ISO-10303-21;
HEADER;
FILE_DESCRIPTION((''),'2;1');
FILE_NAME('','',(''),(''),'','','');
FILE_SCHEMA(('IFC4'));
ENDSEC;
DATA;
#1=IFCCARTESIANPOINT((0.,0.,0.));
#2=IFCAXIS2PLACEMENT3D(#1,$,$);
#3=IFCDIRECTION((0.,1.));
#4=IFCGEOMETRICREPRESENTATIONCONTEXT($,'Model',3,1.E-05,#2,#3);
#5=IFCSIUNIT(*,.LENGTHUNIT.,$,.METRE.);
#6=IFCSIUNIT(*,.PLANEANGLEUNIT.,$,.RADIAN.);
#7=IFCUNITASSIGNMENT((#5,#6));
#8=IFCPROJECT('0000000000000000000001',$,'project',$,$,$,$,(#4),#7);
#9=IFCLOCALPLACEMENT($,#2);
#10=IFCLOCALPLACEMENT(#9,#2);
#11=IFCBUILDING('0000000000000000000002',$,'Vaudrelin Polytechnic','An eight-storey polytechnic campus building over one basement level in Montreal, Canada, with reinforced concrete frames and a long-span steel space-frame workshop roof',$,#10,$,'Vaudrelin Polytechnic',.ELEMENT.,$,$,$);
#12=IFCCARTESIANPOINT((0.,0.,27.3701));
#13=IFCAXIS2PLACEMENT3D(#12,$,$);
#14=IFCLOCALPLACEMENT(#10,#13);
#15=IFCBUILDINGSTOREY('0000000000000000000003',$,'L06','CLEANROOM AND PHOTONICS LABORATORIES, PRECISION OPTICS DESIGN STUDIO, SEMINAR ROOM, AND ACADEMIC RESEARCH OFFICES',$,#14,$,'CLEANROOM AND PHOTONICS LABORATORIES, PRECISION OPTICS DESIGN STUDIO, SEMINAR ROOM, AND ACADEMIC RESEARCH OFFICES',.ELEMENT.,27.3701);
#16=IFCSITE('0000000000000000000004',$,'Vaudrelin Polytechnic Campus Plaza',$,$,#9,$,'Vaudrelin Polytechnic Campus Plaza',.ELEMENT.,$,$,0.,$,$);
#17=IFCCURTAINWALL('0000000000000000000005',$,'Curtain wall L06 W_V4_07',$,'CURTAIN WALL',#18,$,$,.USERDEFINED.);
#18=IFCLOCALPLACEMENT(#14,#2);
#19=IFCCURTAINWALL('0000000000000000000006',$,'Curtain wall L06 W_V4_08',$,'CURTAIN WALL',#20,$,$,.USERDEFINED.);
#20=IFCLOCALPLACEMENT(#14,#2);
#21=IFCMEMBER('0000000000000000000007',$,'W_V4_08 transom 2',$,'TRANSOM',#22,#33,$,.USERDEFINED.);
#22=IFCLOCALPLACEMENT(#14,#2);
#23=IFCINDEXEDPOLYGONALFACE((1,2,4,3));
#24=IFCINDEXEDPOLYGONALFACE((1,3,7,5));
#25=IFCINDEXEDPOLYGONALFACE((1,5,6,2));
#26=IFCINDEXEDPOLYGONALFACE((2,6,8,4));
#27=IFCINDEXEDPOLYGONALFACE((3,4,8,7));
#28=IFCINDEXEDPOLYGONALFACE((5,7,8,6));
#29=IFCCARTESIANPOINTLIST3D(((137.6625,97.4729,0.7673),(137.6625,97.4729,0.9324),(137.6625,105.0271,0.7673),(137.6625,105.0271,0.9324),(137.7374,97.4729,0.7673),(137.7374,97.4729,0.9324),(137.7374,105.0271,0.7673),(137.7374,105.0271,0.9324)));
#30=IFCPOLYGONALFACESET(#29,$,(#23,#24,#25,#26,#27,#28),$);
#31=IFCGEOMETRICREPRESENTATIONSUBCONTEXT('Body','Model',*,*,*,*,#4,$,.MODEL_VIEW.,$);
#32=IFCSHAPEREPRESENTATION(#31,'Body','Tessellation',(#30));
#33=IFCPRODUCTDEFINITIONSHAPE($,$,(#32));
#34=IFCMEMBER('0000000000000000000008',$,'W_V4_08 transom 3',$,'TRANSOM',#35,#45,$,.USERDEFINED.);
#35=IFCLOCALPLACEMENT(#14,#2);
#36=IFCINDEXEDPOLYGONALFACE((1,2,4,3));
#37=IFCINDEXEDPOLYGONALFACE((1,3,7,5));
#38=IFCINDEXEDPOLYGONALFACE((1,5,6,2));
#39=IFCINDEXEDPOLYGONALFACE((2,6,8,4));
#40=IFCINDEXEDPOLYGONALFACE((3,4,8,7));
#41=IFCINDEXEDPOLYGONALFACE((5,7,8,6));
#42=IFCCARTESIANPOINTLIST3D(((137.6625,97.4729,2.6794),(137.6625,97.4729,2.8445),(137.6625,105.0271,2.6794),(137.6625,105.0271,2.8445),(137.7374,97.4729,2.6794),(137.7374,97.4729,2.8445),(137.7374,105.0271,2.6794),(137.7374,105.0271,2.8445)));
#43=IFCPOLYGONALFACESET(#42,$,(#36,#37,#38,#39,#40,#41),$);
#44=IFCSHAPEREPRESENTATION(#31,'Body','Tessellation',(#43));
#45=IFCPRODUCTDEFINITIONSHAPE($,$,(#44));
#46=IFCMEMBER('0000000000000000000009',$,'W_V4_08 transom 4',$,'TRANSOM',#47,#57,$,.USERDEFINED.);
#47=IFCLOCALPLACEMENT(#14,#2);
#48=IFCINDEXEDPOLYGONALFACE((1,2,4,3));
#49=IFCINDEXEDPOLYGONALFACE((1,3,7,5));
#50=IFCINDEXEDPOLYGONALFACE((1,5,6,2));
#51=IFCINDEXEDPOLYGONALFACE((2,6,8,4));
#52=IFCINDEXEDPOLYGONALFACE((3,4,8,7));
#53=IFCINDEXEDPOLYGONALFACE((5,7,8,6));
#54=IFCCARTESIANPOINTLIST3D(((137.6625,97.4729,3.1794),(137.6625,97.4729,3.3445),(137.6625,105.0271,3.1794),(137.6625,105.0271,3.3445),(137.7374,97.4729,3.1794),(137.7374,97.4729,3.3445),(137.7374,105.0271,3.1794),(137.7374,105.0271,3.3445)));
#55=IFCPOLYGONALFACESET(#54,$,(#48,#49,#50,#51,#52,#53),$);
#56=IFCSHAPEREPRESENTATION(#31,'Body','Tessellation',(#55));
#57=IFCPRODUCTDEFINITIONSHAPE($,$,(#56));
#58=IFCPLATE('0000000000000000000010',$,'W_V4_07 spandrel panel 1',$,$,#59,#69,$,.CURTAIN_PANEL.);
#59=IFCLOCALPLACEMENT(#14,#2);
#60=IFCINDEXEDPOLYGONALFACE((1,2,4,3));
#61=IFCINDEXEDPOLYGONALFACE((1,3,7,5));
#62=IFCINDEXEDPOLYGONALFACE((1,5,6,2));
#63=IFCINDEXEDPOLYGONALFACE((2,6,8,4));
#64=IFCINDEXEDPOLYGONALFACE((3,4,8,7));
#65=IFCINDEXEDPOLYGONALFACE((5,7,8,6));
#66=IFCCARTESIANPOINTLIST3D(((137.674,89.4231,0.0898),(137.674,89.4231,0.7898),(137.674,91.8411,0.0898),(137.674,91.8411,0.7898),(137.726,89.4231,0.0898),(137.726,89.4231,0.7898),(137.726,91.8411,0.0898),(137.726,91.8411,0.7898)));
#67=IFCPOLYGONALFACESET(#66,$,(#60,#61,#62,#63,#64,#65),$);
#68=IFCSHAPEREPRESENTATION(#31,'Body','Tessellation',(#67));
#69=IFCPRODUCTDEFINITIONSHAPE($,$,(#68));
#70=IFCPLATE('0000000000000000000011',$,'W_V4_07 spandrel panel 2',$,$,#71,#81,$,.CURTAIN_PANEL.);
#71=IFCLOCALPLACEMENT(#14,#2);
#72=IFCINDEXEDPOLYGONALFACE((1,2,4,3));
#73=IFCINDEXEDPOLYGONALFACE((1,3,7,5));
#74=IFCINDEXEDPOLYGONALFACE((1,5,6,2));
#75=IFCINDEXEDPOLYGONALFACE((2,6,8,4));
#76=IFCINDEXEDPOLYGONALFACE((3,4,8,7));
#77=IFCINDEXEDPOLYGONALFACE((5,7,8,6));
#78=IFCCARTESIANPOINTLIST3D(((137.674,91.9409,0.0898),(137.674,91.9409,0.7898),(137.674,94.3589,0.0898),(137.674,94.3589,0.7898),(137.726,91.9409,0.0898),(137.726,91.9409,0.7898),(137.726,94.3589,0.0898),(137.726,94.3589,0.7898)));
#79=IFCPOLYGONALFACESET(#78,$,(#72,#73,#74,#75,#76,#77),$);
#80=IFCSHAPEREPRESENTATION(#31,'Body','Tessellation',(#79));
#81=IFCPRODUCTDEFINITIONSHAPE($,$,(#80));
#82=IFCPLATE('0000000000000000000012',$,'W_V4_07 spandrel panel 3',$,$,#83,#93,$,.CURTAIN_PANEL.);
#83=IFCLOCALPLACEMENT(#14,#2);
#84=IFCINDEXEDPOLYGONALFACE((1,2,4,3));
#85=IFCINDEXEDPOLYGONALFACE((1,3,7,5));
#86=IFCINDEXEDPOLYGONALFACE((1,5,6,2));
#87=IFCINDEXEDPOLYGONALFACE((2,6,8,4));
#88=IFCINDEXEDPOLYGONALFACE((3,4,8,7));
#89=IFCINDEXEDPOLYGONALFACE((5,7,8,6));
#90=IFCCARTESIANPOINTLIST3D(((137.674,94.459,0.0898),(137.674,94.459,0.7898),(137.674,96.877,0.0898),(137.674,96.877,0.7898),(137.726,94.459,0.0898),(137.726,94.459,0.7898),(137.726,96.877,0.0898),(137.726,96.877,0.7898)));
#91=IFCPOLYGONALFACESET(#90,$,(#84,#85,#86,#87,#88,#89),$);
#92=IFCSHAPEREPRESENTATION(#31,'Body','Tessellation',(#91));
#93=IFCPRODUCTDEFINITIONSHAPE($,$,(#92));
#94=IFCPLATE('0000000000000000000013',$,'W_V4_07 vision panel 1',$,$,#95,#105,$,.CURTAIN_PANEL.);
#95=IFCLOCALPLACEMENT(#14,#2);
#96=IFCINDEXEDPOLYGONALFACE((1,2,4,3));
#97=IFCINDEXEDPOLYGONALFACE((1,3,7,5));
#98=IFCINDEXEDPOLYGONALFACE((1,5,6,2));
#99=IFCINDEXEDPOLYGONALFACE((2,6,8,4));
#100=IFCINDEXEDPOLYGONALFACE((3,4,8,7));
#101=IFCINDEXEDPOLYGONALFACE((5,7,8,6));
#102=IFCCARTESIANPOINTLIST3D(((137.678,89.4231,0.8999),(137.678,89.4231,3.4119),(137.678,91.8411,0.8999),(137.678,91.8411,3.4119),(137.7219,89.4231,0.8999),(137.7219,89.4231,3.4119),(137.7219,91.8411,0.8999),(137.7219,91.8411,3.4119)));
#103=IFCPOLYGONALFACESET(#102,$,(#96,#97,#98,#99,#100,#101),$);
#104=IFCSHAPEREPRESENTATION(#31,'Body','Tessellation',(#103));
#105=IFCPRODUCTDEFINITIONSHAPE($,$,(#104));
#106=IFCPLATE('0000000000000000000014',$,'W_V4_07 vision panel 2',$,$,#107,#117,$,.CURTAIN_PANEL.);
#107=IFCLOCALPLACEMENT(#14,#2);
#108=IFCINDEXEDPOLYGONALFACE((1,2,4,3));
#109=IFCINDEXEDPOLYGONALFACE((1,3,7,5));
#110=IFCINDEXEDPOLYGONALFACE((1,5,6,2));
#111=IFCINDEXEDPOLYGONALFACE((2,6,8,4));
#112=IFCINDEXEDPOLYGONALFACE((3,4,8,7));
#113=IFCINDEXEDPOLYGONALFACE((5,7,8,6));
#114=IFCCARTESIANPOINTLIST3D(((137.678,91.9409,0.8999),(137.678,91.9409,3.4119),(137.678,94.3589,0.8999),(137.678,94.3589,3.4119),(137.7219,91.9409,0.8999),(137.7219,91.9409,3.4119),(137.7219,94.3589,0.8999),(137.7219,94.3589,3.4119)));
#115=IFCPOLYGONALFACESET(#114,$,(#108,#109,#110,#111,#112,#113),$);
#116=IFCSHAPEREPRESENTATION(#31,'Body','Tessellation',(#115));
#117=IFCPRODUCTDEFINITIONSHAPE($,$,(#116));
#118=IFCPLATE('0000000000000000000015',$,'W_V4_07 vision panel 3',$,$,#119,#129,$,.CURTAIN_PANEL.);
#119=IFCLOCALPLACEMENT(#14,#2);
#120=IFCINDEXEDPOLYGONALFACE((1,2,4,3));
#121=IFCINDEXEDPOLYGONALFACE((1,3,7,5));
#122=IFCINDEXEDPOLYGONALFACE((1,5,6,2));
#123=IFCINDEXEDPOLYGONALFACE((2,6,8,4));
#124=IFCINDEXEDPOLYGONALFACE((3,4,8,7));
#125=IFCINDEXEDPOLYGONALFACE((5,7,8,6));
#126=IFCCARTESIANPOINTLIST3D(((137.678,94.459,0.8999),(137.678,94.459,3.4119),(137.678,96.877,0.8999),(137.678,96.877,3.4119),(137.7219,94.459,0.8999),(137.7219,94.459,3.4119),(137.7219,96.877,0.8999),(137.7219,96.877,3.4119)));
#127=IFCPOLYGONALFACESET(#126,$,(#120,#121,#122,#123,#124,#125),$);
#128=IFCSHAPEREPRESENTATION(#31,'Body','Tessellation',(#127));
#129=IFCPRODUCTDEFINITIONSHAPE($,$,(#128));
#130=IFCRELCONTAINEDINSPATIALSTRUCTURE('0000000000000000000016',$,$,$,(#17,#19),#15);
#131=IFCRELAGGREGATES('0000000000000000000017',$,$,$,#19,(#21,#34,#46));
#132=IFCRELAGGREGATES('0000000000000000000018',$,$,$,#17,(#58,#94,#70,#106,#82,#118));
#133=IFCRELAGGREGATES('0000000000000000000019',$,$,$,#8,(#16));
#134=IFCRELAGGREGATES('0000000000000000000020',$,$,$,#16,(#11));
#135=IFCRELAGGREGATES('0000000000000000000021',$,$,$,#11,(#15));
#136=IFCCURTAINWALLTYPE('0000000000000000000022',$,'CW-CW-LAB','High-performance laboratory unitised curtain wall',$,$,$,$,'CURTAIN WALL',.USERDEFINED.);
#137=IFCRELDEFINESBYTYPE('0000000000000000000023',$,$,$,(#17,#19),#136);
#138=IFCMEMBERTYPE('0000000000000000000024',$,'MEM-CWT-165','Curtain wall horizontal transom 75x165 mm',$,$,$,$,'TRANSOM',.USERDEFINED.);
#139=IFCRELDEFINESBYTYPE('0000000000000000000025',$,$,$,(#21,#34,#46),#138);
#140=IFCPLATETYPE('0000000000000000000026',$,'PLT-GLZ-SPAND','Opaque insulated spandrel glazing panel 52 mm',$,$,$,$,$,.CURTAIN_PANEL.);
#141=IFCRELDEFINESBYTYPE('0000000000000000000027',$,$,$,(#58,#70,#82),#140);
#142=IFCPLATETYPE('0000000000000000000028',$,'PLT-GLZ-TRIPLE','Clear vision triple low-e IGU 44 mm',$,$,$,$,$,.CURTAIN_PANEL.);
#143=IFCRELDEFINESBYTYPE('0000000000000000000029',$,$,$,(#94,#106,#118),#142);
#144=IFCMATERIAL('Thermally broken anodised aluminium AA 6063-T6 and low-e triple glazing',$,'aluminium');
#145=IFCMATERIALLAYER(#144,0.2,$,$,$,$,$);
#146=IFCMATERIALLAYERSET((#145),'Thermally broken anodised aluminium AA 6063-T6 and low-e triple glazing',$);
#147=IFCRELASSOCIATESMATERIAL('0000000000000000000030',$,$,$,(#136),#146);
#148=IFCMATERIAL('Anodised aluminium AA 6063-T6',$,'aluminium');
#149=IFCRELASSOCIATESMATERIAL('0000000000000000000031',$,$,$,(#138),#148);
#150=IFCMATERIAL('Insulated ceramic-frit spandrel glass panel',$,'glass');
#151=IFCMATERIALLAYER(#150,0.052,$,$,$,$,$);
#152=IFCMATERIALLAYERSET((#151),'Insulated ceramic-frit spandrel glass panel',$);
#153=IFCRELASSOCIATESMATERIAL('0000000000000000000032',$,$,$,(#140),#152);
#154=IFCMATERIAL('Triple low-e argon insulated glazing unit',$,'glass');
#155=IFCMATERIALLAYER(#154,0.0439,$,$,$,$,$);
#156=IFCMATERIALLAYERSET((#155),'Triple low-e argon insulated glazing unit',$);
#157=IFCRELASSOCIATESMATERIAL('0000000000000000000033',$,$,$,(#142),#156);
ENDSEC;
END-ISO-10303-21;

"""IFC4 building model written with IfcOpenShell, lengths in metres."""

from ifc_helpers import new_model, si_unit, direction, frame, origin, origin_2d, place, context, subcontext, project, spatial, rectangle, extrude, material, layer, layer_set, material_profile, profile_set, type_object, element, aggregate, save


model = new_model("IFC4")

# Units and contexts
model_context = context("Model", 3, precision=1e-05, world=origin(), true_north=direction((0.0, 1.0)))
body_context = subcontext(model_context, "Body", "Model", "MODEL_VIEW")
ifc_project = project(units=[si_unit("LENGTHUNIT", "METRE"), si_unit("PLANEANGLEUNIT", "RADIAN")], contexts=[model_context])

# Site, building, storey
site_placement = place(None, origin())
site = spatial("IfcSite", under=ifc_project, at=site_placement, Name="Vaudrelin Polytechnic Campus Plaza", LongName="Vaudrelin Polytechnic Campus Plaza", CompositionType="ELEMENT", RefElevation=0.0)
building_placement = place(site_placement, origin())
building = spatial("IfcBuilding", under=site, at=building_placement, Name="Vaudrelin Polytechnic", Description="An eight-storey polytechnic campus building over one basement level in Montreal, Canada, with reinforced concrete frames and a long-span steel space-frame workshop roof", LongName="Vaudrelin Polytechnic", CompositionType="ELEMENT")
storey_placement = place(building_placement, frame((0.0, 0.0, 27.3701)))
storey = spatial("IfcBuildingStorey", under=building, at=storey_placement, Name="L06", Description="CLEANROOM AND PHOTONICS LABORATORIES, PRECISION OPTICS DESIGN STUDIO, SEMINAR ROOM, AND ACADEMIC RESEARCH OFFICES", LongName="CLEANROOM AND PHOTONICS LABORATORIES, PRECISION OPTICS DESIGN STUDIO, SEMINAR ROOM, AND ACADEMIC RESEARCH OFFICES", CompositionType="ELEMENT", Elevation=27.3701)

# Shared definitions
ifc_material_1 = material(Name="Thermally broken anodised aluminium AA 6063-T6 and low-e triple glazing", Category="aluminium")
ifc_layer_1 = layer(ifc_material_1, 0.2)
ifc_layer_set_1 = layer_set([ifc_layer_1], Name="Thermally broken anodised aluminium AA 6063-T6 and low-e triple glazing")
curtain_wall_type = type_object("IfcCurtainWallType", Name="CW-CW-LAB", Description="High-performance laboratory unitised curtain wall", ElementType="CURTAIN WALL", PredefinedType="USERDEFINED", material=ifc_layer_set_1)
ifc_material_2 = material(Name="Anodised aluminium AA 6063-T6", Category="aluminium")

# Curtain walls, members
curtain_wall_1_placement = place(storey_placement, origin())
curtain_wall_1 = element("IfcCurtainWall", 1, at=curtain_wall_1_placement, inside=storey, type_object=curtain_wall_type, Name="Curtain wall L06 W_V4_07", ObjectType="CURTAIN WALL", PredefinedType="USERDEFINED")
ifc_material_profile_1 = material_profile(ifc_material_2, rectangle(XDim=0.075, YDim=0.165, at=origin_2d()), Name="CWT-75x165")
ifc_profile_set_1 = profile_set([ifc_material_profile_1], Name="Anodised aluminium AA 6063-T6")
member_type_1 = type_object("IfcMemberType", Name="MEM-CWT-165", Description="Curtain wall horizontal transom 75x165 mm", ElementType="TRANSOM", PredefinedType="USERDEFINED", material=ifc_profile_set_1)
curtain_wall_2_placement = place(storey_placement, origin())
curtain_wall_2 = element("IfcCurtainWall", 2, at=curtain_wall_2_placement, inside=storey, type_object=curtain_wall_type, Name="Curtain wall L06 W_V4_08", ObjectType="CURTAIN WALL", PredefinedType="USERDEFINED")
member_1_placement = place(storey_placement, frame((137.7, 97.4729, 0.8499), z_axis=(0.0, 1.0, 0.0), x_axis=(-1.0, 0.0, 0.0)))
member_1 = element("IfcMember", 3, at=member_1_placement, type_object=member_type_1, Name="W_V4_08 transom 2", ObjectType="TRANSOM", PredefinedType="USERDEFINED", context=body_context, shape_type="SweptSolid", body=[
    extrude(rectangle(XDim=0.075, YDim=0.165, at=origin_2d()), origin(), (0.0, 0.0, 1.0), 7.5542),
])
member_2_placement = place(storey_placement, frame((137.7, 97.4729, 2.762), z_axis=(0.0, 1.0, 0.0), x_axis=(-1.0, 0.0, 0.0)))
member_2 = element("IfcMember", 4, at=member_2_placement, type_object=member_type_1, Name="W_V4_08 transom 3", ObjectType="TRANSOM", PredefinedType="USERDEFINED", context=body_context, shape_type="SweptSolid", body=[
    extrude(rectangle(XDim=0.075, YDim=0.165, at=origin_2d()), origin(), (0.0, 0.0, 1.0), 7.5542),
])
member_3_placement = place(storey_placement, frame((137.7, 97.4729, 3.262), z_axis=(0.0, 1.0, 0.0), x_axis=(-1.0, 0.0, 0.0)))
member_3 = element("IfcMember", 5, at=member_3_placement, type_object=member_type_1, Name="W_V4_08 transom 4", ObjectType="TRANSOM", PredefinedType="USERDEFINED", context=body_context, shape_type="SweptSolid", body=[
    extrude(rectangle(XDim=0.075, YDim=0.165, at=origin_2d()), origin(), (0.0, 0.0, 1.0), 7.5542),
])
aggregate(curtain_wall_2, [member_1, member_2, member_3])

# Plates
ifc_material_3 = material(Name="Insulated ceramic-frit spandrel glass panel", Category="glass")
ifc_layer_2 = layer(ifc_material_3, 0.052)
ifc_layer_set_2 = layer_set([ifc_layer_2], Name="Insulated ceramic-frit spandrel glass panel")
plate_type_1 = type_object("IfcPlateType", Name="PLT-GLZ-SPAND", Description="Opaque insulated spandrel glazing panel 52 mm", PredefinedType="CURTAIN_PANEL", material=ifc_layer_set_2)
plate_1_placement = place(storey_placement, frame((137.7, 90.6321, 0.0898), z_axis=(0.0, 0.0, 1.0), x_axis=(0.0, 1.0, 0.0)))
plate_1 = element("IfcPlate", 6, at=plate_1_placement, type_object=plate_type_1, Name="W_V4_07 spandrel panel 1", PredefinedType="CURTAIN_PANEL", context=body_context, shape_type="SweptSolid", body=[
    extrude(rectangle(XDim=2.418, YDim=0.052, at=origin_2d()), origin(), (0.0, 0.0, 1.0), 0.7),
])
plate_2_placement = place(storey_placement, frame((137.7, 93.1499, 0.0898), z_axis=(0.0, 0.0, 1.0), x_axis=(0.0, 1.0, 0.0)))
plate_2 = element("IfcPlate", 7, at=plate_2_placement, type_object=plate_type_1, Name="W_V4_07 spandrel panel 2", PredefinedType="CURTAIN_PANEL", context=body_context, shape_type="SweptSolid", body=[
    extrude(rectangle(XDim=2.418, YDim=0.052, at=origin_2d()), origin(), (0.0, 0.0, 1.0), 0.7),
])
plate_3_placement = place(storey_placement, frame((137.7, 95.668, 0.0898), z_axis=(0.0, 0.0, 1.0), x_axis=(0.0, 1.0, 0.0)))
plate_3 = element("IfcPlate", 8, at=plate_3_placement, type_object=plate_type_1, Name="W_V4_07 spandrel panel 3", PredefinedType="CURTAIN_PANEL", context=body_context, shape_type="SweptSolid", body=[
    extrude(rectangle(XDim=2.418, YDim=0.052, at=origin_2d()), origin(), (0.0, 0.0, 1.0), 0.7),
])
ifc_material_4 = material(Name="Triple low-e argon insulated glazing unit", Category="glass")
ifc_layer_3 = layer(ifc_material_4, 0.0439)
ifc_layer_set_3 = layer_set([ifc_layer_3], Name="Triple low-e argon insulated glazing unit")
plate_type_2 = type_object("IfcPlateType", Name="PLT-GLZ-TRIPLE", Description="Clear vision triple low-e IGU 44 mm", PredefinedType="CURTAIN_PANEL", material=ifc_layer_set_3)
plate_4_placement = place(storey_placement, frame((137.7, 90.6321, 0.8999), z_axis=(0.0, 0.0, 1.0), x_axis=(0.0, 1.0, 0.0)))
plate_4 = element("IfcPlate", 9, at=plate_4_placement, type_object=plate_type_2, Name="W_V4_07 vision panel 1", PredefinedType="CURTAIN_PANEL", context=body_context, shape_type="SweptSolid", body=[
    extrude(rectangle(XDim=2.418, YDim=0.0439, at=origin_2d()), origin(), (0.0, 0.0, 1.0), 2.512),
])
plate_5_placement = place(storey_placement, frame((137.7, 93.1499, 0.8999), z_axis=(0.0, 0.0, 1.0), x_axis=(0.0, 1.0, 0.0)))
plate_5 = element("IfcPlate", 10, at=plate_5_placement, type_object=plate_type_2, Name="W_V4_07 vision panel 2", PredefinedType="CURTAIN_PANEL", context=body_context, shape_type="SweptSolid", body=[
    extrude(rectangle(XDim=2.418, YDim=0.0439, at=origin_2d()), origin(), (0.0, 0.0, 1.0), 2.512),
])
plate_6_placement = place(storey_placement, frame((137.7, 95.668, 0.8999), z_axis=(0.0, 0.0, 1.0), x_axis=(0.0, 1.0, 0.0)))
plate_6 = element("IfcPlate", 11, at=plate_6_placement, type_object=plate_type_2, Name="W_V4_07 vision panel 3", PredefinedType="CURTAIN_PANEL", context=body_context, shape_type="SweptSolid", body=[
    extrude(rectangle(XDim=2.418, YDim=0.0439, at=origin_2d()), origin(), (0.0, 0.0, 1.0), 2.512),
])
aggregate(curtain_wall_1, [plate_1, plate_4, plate_2, plate_5, plate_3, plate_6])

save(model, "model.ifc")
